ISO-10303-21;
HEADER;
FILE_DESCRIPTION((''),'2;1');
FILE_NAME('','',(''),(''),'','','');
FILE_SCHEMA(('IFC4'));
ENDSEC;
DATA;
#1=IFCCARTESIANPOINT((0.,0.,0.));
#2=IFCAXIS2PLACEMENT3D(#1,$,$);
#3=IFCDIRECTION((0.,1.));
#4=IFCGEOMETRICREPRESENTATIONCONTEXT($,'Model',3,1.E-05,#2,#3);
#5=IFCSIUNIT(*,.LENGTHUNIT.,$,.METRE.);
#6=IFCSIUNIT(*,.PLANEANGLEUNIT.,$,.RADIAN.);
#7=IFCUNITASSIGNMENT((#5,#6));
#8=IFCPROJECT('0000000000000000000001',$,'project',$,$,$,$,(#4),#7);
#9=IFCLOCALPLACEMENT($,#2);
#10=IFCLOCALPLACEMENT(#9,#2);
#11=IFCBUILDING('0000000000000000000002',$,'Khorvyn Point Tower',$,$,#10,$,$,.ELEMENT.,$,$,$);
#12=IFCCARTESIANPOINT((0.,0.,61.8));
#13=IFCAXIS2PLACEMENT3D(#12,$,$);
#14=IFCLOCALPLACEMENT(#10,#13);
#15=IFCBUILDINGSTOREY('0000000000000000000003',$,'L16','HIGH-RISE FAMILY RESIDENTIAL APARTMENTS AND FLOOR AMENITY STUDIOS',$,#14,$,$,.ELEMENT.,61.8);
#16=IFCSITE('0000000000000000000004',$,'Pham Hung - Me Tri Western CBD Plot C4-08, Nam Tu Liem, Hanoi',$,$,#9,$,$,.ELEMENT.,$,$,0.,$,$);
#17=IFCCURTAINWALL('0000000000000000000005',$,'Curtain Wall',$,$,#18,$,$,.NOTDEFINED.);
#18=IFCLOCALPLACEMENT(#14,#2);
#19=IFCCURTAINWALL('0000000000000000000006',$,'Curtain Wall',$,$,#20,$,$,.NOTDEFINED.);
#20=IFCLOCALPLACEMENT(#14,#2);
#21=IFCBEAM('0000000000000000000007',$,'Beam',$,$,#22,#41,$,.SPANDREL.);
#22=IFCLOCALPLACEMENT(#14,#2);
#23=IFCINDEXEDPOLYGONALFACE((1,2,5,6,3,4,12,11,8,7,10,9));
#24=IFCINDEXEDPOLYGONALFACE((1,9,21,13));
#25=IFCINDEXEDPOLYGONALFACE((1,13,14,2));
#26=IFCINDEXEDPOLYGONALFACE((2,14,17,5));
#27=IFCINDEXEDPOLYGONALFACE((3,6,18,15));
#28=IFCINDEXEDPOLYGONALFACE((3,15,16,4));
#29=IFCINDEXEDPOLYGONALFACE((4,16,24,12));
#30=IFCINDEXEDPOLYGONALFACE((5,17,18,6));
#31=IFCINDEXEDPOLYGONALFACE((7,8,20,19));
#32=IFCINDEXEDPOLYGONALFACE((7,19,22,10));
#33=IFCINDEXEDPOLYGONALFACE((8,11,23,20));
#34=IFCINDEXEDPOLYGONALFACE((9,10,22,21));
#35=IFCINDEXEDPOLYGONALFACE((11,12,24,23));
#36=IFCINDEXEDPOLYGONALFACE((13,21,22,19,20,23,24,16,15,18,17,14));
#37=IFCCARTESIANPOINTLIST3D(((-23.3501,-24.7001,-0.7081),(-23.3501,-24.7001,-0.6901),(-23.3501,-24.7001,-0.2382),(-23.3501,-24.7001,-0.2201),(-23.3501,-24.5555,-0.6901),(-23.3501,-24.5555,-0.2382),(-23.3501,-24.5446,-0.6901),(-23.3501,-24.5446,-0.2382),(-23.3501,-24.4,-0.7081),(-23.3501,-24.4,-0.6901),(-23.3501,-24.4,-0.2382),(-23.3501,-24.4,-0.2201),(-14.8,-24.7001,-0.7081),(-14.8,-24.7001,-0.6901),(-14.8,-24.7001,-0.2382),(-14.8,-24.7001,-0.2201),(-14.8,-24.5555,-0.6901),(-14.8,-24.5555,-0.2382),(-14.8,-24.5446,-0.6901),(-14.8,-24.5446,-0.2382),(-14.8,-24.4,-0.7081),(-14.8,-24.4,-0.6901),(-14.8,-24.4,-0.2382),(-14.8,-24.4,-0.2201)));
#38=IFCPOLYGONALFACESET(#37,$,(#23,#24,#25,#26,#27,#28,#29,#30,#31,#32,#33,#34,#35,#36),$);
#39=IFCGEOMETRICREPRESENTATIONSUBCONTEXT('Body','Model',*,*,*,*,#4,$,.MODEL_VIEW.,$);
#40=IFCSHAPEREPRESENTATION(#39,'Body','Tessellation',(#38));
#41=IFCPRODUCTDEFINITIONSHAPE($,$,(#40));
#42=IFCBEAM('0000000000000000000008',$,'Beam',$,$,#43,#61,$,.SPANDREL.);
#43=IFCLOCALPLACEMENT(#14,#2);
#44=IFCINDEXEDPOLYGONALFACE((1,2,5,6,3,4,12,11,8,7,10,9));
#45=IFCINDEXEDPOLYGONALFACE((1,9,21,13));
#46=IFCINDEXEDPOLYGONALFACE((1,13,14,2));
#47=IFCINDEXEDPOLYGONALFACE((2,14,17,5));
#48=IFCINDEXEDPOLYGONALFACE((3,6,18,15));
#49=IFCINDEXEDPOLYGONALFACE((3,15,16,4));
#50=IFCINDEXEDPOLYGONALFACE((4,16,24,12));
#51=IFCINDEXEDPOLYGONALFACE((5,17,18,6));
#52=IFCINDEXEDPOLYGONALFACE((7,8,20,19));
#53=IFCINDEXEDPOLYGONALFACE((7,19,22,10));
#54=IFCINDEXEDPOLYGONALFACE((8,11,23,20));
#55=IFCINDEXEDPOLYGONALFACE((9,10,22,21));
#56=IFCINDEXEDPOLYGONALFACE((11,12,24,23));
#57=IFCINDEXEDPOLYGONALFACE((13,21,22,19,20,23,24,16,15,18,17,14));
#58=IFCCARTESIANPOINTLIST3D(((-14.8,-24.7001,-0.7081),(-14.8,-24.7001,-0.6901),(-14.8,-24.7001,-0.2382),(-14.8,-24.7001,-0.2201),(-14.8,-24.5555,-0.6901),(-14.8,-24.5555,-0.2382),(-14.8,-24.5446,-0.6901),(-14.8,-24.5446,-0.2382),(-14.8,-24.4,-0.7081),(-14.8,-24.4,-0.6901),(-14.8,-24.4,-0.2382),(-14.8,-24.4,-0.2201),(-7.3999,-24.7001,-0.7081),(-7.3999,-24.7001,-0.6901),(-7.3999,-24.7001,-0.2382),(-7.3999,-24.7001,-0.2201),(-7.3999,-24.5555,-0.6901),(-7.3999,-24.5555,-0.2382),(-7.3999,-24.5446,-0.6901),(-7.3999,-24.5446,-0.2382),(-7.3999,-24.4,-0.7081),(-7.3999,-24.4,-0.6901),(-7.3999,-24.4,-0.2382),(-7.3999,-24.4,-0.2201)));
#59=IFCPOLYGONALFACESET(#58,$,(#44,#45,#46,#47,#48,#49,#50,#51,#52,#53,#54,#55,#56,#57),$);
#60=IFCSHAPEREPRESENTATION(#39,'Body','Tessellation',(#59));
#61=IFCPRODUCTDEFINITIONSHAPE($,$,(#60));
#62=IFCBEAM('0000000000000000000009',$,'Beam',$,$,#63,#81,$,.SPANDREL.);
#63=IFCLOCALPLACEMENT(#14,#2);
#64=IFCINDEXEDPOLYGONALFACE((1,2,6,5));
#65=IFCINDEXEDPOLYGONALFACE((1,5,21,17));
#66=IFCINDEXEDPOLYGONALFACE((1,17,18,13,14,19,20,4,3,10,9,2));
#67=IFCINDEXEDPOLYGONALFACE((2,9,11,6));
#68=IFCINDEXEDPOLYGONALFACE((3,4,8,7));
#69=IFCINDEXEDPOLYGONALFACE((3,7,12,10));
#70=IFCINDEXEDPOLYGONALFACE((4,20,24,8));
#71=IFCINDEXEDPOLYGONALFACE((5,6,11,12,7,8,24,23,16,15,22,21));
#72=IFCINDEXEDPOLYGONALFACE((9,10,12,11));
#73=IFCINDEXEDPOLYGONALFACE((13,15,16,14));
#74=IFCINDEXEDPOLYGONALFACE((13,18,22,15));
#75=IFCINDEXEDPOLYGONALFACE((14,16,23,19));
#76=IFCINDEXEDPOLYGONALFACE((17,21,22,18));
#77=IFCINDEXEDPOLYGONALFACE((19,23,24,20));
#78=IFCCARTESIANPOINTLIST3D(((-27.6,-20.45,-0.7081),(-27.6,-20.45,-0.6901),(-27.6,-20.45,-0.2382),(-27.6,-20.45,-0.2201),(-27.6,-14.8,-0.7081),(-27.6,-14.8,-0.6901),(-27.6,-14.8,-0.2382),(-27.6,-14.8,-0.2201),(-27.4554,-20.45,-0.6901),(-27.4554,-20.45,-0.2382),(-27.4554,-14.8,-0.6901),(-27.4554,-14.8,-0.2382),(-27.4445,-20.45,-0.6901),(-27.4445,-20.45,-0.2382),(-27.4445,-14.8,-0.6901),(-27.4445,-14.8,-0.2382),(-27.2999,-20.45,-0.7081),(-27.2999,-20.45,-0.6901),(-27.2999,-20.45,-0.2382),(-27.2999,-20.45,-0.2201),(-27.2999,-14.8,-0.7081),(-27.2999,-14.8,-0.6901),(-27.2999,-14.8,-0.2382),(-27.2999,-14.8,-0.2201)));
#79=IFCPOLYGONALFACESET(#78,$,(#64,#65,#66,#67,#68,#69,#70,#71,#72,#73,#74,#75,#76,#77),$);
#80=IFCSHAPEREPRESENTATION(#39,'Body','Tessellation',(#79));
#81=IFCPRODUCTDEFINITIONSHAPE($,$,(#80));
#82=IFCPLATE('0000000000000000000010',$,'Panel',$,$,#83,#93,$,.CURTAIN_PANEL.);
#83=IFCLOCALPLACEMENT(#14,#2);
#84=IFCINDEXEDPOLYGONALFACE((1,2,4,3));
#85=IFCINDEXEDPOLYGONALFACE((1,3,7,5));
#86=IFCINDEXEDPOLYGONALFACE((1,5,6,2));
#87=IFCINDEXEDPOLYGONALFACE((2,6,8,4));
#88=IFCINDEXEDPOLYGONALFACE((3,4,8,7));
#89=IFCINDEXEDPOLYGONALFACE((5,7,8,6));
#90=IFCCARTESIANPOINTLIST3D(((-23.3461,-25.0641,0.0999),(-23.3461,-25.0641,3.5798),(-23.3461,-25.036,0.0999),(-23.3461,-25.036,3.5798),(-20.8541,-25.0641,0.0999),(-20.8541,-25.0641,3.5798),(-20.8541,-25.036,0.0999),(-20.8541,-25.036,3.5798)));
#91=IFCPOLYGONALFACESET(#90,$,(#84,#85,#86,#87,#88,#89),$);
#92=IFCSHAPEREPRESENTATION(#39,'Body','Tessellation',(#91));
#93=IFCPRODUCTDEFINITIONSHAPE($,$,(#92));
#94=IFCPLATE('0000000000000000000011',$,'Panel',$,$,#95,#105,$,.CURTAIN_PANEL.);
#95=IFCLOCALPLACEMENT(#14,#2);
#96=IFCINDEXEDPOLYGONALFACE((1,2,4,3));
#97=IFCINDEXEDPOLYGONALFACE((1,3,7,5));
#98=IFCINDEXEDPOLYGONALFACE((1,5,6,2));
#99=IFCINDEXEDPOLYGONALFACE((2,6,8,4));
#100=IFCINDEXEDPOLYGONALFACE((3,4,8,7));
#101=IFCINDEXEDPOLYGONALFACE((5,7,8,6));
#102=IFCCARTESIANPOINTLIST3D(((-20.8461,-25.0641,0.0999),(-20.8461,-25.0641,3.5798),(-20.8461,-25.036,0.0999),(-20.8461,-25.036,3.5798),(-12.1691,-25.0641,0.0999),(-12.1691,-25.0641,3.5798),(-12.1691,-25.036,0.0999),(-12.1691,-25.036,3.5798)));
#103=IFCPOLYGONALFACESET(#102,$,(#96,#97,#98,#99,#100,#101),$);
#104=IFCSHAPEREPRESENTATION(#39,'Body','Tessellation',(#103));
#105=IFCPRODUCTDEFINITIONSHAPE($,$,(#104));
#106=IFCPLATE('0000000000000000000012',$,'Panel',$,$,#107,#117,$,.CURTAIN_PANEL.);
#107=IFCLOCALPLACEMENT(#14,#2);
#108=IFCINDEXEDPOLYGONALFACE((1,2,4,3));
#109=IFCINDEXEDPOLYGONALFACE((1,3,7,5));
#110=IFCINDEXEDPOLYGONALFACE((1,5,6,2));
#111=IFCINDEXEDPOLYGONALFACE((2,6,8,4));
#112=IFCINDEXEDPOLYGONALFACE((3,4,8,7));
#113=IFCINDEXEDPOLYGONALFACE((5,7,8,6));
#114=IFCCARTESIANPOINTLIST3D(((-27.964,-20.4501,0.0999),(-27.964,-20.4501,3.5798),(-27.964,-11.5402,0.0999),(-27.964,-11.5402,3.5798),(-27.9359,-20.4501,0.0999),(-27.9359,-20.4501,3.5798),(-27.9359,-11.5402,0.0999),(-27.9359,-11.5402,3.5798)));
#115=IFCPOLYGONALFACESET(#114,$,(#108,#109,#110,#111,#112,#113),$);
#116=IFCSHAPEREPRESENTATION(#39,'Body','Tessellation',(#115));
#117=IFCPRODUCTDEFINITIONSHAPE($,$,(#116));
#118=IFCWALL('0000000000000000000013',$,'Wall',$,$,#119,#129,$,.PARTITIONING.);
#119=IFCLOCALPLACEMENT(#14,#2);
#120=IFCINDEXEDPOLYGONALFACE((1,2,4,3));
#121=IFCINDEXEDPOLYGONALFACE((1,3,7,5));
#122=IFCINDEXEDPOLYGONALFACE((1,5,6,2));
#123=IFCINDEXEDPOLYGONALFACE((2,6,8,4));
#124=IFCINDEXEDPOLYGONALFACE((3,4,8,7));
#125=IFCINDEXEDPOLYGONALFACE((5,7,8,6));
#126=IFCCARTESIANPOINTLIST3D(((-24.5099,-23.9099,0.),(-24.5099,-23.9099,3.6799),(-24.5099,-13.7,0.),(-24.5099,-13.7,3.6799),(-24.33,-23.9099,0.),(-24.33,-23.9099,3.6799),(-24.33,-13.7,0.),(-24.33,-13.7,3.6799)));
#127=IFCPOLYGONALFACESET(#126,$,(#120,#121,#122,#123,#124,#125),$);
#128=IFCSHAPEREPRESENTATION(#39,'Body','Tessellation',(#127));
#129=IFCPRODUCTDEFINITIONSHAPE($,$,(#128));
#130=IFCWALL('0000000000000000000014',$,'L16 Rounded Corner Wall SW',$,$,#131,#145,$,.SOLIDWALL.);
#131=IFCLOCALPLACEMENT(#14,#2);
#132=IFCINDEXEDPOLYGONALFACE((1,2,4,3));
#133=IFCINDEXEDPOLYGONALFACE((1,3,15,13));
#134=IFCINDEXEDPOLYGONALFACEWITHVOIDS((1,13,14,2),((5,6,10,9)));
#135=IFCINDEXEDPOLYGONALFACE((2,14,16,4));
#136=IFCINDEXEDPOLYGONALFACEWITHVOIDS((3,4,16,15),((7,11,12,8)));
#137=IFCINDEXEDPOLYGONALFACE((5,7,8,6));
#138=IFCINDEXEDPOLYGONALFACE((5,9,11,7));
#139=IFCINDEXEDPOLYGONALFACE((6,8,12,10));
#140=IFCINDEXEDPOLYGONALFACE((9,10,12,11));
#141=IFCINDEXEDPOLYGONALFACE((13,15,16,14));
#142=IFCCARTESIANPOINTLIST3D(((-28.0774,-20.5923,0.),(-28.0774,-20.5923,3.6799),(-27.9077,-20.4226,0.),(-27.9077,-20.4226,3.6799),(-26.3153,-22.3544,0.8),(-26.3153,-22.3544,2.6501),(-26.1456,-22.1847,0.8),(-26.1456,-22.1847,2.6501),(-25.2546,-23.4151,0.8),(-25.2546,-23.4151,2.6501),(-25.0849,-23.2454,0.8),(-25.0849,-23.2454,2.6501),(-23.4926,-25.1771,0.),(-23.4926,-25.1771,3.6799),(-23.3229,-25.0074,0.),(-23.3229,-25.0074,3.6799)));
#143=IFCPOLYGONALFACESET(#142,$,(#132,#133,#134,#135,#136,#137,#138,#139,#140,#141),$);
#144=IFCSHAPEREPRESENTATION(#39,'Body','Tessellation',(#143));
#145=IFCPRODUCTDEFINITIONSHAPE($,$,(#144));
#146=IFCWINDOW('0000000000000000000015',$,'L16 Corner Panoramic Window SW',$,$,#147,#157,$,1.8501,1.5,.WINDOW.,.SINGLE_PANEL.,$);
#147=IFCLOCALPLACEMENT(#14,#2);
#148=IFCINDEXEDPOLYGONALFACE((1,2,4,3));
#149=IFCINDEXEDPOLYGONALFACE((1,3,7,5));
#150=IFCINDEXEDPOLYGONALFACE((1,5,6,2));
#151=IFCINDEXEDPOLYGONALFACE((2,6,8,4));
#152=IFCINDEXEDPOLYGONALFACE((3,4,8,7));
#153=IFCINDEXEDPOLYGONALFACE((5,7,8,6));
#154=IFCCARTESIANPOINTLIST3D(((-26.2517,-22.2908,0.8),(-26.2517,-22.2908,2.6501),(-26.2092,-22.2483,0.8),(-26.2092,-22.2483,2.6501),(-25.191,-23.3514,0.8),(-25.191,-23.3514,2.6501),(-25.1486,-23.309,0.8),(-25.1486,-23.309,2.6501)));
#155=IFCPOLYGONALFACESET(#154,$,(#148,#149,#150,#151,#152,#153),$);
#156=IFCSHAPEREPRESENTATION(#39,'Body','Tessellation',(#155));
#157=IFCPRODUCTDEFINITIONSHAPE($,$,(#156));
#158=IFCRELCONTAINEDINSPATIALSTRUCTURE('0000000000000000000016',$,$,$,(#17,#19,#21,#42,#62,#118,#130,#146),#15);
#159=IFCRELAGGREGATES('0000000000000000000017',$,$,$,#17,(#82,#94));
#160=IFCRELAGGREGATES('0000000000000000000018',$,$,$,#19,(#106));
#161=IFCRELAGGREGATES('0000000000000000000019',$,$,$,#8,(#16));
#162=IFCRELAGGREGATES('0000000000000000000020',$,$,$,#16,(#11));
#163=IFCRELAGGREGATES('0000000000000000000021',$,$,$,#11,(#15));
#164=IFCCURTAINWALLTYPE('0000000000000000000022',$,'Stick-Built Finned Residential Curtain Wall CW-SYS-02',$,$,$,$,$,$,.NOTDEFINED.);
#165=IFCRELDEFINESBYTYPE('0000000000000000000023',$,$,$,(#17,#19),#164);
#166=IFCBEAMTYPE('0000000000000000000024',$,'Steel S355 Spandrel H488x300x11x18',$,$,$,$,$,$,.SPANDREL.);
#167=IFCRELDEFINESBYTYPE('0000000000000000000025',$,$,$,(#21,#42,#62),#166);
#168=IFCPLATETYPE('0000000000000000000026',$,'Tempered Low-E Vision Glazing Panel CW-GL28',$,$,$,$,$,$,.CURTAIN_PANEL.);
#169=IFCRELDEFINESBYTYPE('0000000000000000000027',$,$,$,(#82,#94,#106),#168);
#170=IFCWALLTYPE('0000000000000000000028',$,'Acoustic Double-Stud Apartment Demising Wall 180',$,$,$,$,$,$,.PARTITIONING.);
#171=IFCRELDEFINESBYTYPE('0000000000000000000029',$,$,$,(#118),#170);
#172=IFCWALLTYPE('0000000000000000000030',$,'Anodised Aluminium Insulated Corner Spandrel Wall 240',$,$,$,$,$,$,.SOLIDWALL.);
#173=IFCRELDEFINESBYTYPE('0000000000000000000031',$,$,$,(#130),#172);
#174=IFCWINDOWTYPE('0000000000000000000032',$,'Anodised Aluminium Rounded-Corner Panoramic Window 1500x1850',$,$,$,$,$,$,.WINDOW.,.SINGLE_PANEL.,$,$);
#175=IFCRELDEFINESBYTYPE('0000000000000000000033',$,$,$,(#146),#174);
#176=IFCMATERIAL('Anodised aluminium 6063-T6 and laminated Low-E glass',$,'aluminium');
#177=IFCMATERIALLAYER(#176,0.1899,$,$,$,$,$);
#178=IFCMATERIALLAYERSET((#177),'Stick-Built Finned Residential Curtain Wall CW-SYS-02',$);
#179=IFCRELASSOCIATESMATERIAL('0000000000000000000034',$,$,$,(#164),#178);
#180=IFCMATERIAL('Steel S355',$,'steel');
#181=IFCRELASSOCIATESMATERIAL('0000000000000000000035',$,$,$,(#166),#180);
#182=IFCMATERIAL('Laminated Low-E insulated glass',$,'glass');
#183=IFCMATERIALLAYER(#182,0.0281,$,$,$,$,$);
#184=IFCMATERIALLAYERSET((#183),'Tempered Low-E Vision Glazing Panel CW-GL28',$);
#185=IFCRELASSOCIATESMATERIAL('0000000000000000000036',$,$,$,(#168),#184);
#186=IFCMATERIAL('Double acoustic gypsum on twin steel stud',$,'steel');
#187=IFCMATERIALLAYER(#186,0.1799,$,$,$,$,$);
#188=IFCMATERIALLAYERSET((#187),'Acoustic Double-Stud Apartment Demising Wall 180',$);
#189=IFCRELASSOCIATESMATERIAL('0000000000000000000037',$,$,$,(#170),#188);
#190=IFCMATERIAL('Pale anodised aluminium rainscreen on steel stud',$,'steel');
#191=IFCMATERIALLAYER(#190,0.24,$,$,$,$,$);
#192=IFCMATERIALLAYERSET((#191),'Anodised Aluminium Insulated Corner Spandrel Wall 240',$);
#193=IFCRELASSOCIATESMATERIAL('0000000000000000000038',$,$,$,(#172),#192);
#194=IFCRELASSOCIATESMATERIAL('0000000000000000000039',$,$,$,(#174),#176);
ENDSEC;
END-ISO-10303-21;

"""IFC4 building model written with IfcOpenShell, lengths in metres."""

from ifc_helpers import new_model, si_unit, direction, frame, frame_2d, origin, origin_2d, place, context, subcontext, project, spatial, rectangle, i_section, extrude, material, layer, layer_set, material_profile, profile_set, type_object, element, fill, aggregate, save


model = new_model("IFC4")

# Units and contexts
model_context = context("Model", 3, precision=1e-05, world=origin(), true_north=direction((0.0, 1.0)))
body_context = subcontext(model_context, "Body", "Model", "MODEL_VIEW")
ifc_project = project(units=[si_unit("LENGTHUNIT", "METRE"), si_unit("PLANEANGLEUNIT", "RADIAN")], contexts=[model_context])

# Site, building, storey
site_placement = place(None, origin())
site = spatial("IfcSite", under=ifc_project, at=site_placement, Name="Pham Hung - Me Tri Western CBD Plot C4-08, Nam Tu Liem, Hanoi", CompositionType="ELEMENT", RefElevation=0.0)
building_placement = place(site_placement, origin())
building = spatial("IfcBuilding", under=site, at=building_placement, Name="Khorvyn Point Tower", CompositionType="ELEMENT")
storey_placement = place(building_placement, frame((0.0, 0.0, 61.8)))
storey = spatial("IfcBuildingStorey", under=building, at=storey_placement, Name="L16", Description="HIGH-RISE FAMILY RESIDENTIAL APARTMENTS AND FLOOR AMENITY STUDIOS", CompositionType="ELEMENT", Elevation=61.8)

# Curtain wall
ifc_material_1 = material(Name="Anodised aluminium 6063-T6 and laminated Low-E glass", Category="aluminium")
ifc_layer_1 = layer(ifc_material_1, 0.1899)
ifc_layer_set_1 = layer_set([ifc_layer_1], Name="Stick-Built Finned Residential Curtain Wall CW-SYS-02")
curtain_wall_type = type_object("IfcCurtainWallType", Name="Stick-Built Finned Residential Curtain Wall CW-SYS-02", PredefinedType="NOTDEFINED", material=ifc_layer_set_1)
curtain_wall_1_placement = place(storey_placement, origin())
curtain_wall_1 = element("IfcCurtainWall", 1, at=curtain_wall_1_placement, inside=storey, type_object=curtain_wall_type, Name="Curtain Wall", PredefinedType="NOTDEFINED")

# Curtain wall
curtain_wall_2_placement = place(storey_placement, origin())
curtain_wall_2 = element("IfcCurtainWall", 2, at=curtain_wall_2_placement, inside=storey, type_object=curtain_wall_type, Name="Curtain Wall", PredefinedType="NOTDEFINED")

# Beams
ifc_material_2 = material(Name="Steel S355", Category="steel")
ifc_material_profile_1 = material_profile(ifc_material_2, i_section(OverallWidth=0.3, OverallDepth=0.488, WebThickness=0.011, FlangeThickness=0.0181, at=origin_2d()))
ifc_profile_set_1 = profile_set([ifc_material_profile_1], Name="Steel S355 H488x300x11x18")
beam_type_1 = type_object("IfcBeamType", Name="Steel S355 Spandrel H488x300x11x18", PredefinedType="SPANDREL", material=ifc_profile_set_1)
beam_1_placement = place(storey_placement, frame((-23.3501, -24.55, -0.4641), z_axis=(1.0, 0.0, 0.0), x_axis=(0.0, 1.0, 0.0)))
element("IfcBeam", 3, at=beam_1_placement, inside=storey, type_object=beam_type_1, Name="Beam", PredefinedType="SPANDREL", context=body_context, shape_type="SweptSolid", body=[
    extrude(i_section(OverallWidth=0.3, OverallDepth=0.488, WebThickness=0.011, FlangeThickness=0.0181, at=origin_2d()), origin(), (0.0, 0.0, 1.0), 8.55),
])
beam_2_placement = place(storey_placement, frame((-14.8, -24.55, -0.4641), z_axis=(1.0, 0.0, 0.0), x_axis=(0.0, 1.0, 0.0)))
element("IfcBeam", 4, at=beam_2_placement, inside=storey, type_object=beam_type_1, Name="Beam", PredefinedType="SPANDREL", context=body_context, shape_type="SweptSolid", body=[
    extrude(i_section(OverallWidth=0.3, OverallDepth=0.488, WebThickness=0.011, FlangeThickness=0.0181, at=origin_2d()), origin(), (0.0, 0.0, 1.0), 7.4001),
])
beam_3_placement = place(storey_placement, frame((-27.45, -20.45, -0.4641), z_axis=(0.0, 1.0, 0.0), x_axis=(-1.0, 0.0, 0.0)))
element("IfcBeam", 5, at=beam_3_placement, inside=storey, type_object=beam_type_1, Name="Beam", PredefinedType="SPANDREL", context=body_context, shape_type="SweptSolid", body=[
    extrude(i_section(OverallWidth=0.3, OverallDepth=0.488, WebThickness=0.011, FlangeThickness=0.0181, at=origin_2d()), origin(), (0.0, 0.0, 1.0), 5.6499),
])

# Plates
ifc_material_3 = material(Name="Laminated Low-E insulated glass", Category="glass")
ifc_layer_2 = layer(ifc_material_3, 0.0281)
ifc_layer_set_2 = layer_set([ifc_layer_2], Name="Tempered Low-E Vision Glazing Panel CW-GL28")
plate_type = type_object("IfcPlateType", Name="Tempered Low-E Vision Glazing Panel CW-GL28", PredefinedType="CURTAIN_PANEL", material=ifc_layer_set_2)
plate_1_placement = place(storey_placement, frame((-22.1001, -25.05, 0.0999), z_axis=(0.0, 0.0, 1.0), x_axis=(-1.0, 0.0, 0.0)))
plate_1 = element("IfcPlate", 6, at=plate_1_placement, type_object=plate_type, Name="Panel", PredefinedType="CURTAIN_PANEL", context=body_context, shape_type="SweptSolid", body=[
    extrude(rectangle(XDim=2.4919, YDim=0.0281, at=origin_2d()), origin(), (0.0, 0.0, 1.0), 3.48),
])
plate_2_placement = place(storey_placement, frame((-16.5076, -25.05, 0.0999), z_axis=(0.0, 0.0, 1.0), x_axis=(-1.0, 0.0, 0.0)))
plate_2 = element("IfcPlate", 7, at=plate_2_placement, type_object=plate_type, Name="Panel", PredefinedType="CURTAIN_PANEL", context=body_context, shape_type="SweptSolid", body=[
    extrude(rectangle(XDim=8.677, YDim=0.0281, at=origin_2d()), origin(), (0.0, 0.0, 1.0), 3.48),
])
aggregate(curtain_wall_1, [plate_1, plate_2])
plate_3_placement = place(storey_placement, frame((-27.95, -15.9951, 0.0999), z_axis=(0.0, 0.0, 1.0), x_axis=(0.0, 1.0, 0.0)))
plate_3 = element("IfcPlate", 8, at=plate_3_placement, type_object=plate_type, Name="Panel", PredefinedType="CURTAIN_PANEL", context=body_context, shape_type="SweptSolid", body=[
    extrude(rectangle(XDim=8.9099, YDim=0.0281, at=origin_2d()), origin(), (0.0, 0.0, 1.0), 3.48),
])
aggregate(curtain_wall_2, [plate_3])

# Wall
ifc_material_4 = material(Name="Double acoustic gypsum on twin steel stud", Category="steel")
ifc_layer_3 = layer(ifc_material_4, 0.1799)
ifc_layer_set_3 = layer_set([ifc_layer_3], Name="Acoustic Double-Stud Apartment Demising Wall 180")
wall_type_1 = type_object("IfcWallType", Name="Acoustic Double-Stud Apartment Demising Wall 180", PredefinedType="PARTITIONING", material=ifc_layer_set_3)
wall_1_placement = place(storey_placement, frame((-24.4199, -23.9099, 0.0), z_axis=(0.0, 0.0, 1.0), x_axis=(0.0, 1.0, 0.0)))
element("IfcWall", 9, at=wall_1_placement, inside=storey, type_object=wall_type_1, Name="Wall", PredefinedType="PARTITIONING", context=body_context, shape_type="SweptSolid", body=[
    extrude(rectangle(XDim=10.21, YDim=0.1799, at=frame_2d((5.105, 0.0))), origin(), (0.0, 0.0, 1.0), 3.6799),
])

# Wall, opening, window
ifc_material_5 = material(Name="Pale anodised aluminium rainscreen on steel stud", Category="steel")
ifc_layer_4 = layer(ifc_material_5, 0.24)
ifc_layer_set_4 = layer_set([ifc_layer_4], Name="Anodised Aluminium Insulated Corner Spandrel Wall 240")
wall_type_2 = type_object("IfcWallType", Name="Anodised Aluminium Insulated Corner Spandrel Wall 240", PredefinedType="SOLIDWALL", material=ifc_layer_set_4)
wall_2_placement = place(storey_placement, frame((-23.4077, -25.0923, 0.0), z_axis=(0.0, 0.0, 1.0), x_axis=(-0.707107, 0.707107, 0.0)))
wall_2 = element("IfcWall", 10, at=wall_2_placement, inside=storey, type_object=wall_type_2, Name="L16 Rounded Corner Wall SW", PredefinedType="SOLIDWALL", context=body_context, shape_type="SweptSolid", body=[
    extrude(rectangle(XDim=6.4839, YDim=0.24, at=frame_2d((3.2419, 0.0))), origin(), (0.0, 0.0, 1.0), 3.6799),
])
opening_1_placement = place(wall_2_placement, frame((2.4919, 0.0, 0.8)))
opening_1 = element("IfcOpeningElement", 11, at=opening_1_placement, cuts=wall_2, PredefinedType="OPENING", context=body_context, shape_type="SweptSolid", body=[
    extrude(rectangle(XDim=1.5, YDim=1.8501, at=frame_2d((0.75, 0.925))), frame((0.0, 0.1299, 0.0), z_axis=(0.0, -1.0, 0.0), x_axis=(1.0, 0.0, 0.0)), (0.0, 0.0, 1.0), 0.26),
])
window_type = type_object("IfcWindowType", Name="Anodised Aluminium Rounded-Corner Panoramic Window 1500x1850", PartitioningType="SINGLE_PANEL", PredefinedType="WINDOW", material=ifc_material_1)
window_placement = place(opening_1_placement, origin())
window = element("IfcWindow", 12, at=window_placement, inside=storey, type_object=window_type, Name="L16 Corner Panoramic Window SW", OverallHeight=1.8501, OverallWidth=1.5, PartitioningType="SINGLE_PANEL", PredefinedType="WINDOW", context=body_context, shape_type="SweptSolid", body=[
    extrude(rectangle(XDim=1.5, YDim=1.8501, at=frame_2d((0.75, 0.925))), frame((0.0, 0.03, 0.0), z_axis=(0.0, -1.0, 0.0), x_axis=(1.0, 0.0, 0.0)), (0.0, 0.0, 1.0), 0.0601),
])
fill(opening_1, window)

save(model, "model.ifc")
